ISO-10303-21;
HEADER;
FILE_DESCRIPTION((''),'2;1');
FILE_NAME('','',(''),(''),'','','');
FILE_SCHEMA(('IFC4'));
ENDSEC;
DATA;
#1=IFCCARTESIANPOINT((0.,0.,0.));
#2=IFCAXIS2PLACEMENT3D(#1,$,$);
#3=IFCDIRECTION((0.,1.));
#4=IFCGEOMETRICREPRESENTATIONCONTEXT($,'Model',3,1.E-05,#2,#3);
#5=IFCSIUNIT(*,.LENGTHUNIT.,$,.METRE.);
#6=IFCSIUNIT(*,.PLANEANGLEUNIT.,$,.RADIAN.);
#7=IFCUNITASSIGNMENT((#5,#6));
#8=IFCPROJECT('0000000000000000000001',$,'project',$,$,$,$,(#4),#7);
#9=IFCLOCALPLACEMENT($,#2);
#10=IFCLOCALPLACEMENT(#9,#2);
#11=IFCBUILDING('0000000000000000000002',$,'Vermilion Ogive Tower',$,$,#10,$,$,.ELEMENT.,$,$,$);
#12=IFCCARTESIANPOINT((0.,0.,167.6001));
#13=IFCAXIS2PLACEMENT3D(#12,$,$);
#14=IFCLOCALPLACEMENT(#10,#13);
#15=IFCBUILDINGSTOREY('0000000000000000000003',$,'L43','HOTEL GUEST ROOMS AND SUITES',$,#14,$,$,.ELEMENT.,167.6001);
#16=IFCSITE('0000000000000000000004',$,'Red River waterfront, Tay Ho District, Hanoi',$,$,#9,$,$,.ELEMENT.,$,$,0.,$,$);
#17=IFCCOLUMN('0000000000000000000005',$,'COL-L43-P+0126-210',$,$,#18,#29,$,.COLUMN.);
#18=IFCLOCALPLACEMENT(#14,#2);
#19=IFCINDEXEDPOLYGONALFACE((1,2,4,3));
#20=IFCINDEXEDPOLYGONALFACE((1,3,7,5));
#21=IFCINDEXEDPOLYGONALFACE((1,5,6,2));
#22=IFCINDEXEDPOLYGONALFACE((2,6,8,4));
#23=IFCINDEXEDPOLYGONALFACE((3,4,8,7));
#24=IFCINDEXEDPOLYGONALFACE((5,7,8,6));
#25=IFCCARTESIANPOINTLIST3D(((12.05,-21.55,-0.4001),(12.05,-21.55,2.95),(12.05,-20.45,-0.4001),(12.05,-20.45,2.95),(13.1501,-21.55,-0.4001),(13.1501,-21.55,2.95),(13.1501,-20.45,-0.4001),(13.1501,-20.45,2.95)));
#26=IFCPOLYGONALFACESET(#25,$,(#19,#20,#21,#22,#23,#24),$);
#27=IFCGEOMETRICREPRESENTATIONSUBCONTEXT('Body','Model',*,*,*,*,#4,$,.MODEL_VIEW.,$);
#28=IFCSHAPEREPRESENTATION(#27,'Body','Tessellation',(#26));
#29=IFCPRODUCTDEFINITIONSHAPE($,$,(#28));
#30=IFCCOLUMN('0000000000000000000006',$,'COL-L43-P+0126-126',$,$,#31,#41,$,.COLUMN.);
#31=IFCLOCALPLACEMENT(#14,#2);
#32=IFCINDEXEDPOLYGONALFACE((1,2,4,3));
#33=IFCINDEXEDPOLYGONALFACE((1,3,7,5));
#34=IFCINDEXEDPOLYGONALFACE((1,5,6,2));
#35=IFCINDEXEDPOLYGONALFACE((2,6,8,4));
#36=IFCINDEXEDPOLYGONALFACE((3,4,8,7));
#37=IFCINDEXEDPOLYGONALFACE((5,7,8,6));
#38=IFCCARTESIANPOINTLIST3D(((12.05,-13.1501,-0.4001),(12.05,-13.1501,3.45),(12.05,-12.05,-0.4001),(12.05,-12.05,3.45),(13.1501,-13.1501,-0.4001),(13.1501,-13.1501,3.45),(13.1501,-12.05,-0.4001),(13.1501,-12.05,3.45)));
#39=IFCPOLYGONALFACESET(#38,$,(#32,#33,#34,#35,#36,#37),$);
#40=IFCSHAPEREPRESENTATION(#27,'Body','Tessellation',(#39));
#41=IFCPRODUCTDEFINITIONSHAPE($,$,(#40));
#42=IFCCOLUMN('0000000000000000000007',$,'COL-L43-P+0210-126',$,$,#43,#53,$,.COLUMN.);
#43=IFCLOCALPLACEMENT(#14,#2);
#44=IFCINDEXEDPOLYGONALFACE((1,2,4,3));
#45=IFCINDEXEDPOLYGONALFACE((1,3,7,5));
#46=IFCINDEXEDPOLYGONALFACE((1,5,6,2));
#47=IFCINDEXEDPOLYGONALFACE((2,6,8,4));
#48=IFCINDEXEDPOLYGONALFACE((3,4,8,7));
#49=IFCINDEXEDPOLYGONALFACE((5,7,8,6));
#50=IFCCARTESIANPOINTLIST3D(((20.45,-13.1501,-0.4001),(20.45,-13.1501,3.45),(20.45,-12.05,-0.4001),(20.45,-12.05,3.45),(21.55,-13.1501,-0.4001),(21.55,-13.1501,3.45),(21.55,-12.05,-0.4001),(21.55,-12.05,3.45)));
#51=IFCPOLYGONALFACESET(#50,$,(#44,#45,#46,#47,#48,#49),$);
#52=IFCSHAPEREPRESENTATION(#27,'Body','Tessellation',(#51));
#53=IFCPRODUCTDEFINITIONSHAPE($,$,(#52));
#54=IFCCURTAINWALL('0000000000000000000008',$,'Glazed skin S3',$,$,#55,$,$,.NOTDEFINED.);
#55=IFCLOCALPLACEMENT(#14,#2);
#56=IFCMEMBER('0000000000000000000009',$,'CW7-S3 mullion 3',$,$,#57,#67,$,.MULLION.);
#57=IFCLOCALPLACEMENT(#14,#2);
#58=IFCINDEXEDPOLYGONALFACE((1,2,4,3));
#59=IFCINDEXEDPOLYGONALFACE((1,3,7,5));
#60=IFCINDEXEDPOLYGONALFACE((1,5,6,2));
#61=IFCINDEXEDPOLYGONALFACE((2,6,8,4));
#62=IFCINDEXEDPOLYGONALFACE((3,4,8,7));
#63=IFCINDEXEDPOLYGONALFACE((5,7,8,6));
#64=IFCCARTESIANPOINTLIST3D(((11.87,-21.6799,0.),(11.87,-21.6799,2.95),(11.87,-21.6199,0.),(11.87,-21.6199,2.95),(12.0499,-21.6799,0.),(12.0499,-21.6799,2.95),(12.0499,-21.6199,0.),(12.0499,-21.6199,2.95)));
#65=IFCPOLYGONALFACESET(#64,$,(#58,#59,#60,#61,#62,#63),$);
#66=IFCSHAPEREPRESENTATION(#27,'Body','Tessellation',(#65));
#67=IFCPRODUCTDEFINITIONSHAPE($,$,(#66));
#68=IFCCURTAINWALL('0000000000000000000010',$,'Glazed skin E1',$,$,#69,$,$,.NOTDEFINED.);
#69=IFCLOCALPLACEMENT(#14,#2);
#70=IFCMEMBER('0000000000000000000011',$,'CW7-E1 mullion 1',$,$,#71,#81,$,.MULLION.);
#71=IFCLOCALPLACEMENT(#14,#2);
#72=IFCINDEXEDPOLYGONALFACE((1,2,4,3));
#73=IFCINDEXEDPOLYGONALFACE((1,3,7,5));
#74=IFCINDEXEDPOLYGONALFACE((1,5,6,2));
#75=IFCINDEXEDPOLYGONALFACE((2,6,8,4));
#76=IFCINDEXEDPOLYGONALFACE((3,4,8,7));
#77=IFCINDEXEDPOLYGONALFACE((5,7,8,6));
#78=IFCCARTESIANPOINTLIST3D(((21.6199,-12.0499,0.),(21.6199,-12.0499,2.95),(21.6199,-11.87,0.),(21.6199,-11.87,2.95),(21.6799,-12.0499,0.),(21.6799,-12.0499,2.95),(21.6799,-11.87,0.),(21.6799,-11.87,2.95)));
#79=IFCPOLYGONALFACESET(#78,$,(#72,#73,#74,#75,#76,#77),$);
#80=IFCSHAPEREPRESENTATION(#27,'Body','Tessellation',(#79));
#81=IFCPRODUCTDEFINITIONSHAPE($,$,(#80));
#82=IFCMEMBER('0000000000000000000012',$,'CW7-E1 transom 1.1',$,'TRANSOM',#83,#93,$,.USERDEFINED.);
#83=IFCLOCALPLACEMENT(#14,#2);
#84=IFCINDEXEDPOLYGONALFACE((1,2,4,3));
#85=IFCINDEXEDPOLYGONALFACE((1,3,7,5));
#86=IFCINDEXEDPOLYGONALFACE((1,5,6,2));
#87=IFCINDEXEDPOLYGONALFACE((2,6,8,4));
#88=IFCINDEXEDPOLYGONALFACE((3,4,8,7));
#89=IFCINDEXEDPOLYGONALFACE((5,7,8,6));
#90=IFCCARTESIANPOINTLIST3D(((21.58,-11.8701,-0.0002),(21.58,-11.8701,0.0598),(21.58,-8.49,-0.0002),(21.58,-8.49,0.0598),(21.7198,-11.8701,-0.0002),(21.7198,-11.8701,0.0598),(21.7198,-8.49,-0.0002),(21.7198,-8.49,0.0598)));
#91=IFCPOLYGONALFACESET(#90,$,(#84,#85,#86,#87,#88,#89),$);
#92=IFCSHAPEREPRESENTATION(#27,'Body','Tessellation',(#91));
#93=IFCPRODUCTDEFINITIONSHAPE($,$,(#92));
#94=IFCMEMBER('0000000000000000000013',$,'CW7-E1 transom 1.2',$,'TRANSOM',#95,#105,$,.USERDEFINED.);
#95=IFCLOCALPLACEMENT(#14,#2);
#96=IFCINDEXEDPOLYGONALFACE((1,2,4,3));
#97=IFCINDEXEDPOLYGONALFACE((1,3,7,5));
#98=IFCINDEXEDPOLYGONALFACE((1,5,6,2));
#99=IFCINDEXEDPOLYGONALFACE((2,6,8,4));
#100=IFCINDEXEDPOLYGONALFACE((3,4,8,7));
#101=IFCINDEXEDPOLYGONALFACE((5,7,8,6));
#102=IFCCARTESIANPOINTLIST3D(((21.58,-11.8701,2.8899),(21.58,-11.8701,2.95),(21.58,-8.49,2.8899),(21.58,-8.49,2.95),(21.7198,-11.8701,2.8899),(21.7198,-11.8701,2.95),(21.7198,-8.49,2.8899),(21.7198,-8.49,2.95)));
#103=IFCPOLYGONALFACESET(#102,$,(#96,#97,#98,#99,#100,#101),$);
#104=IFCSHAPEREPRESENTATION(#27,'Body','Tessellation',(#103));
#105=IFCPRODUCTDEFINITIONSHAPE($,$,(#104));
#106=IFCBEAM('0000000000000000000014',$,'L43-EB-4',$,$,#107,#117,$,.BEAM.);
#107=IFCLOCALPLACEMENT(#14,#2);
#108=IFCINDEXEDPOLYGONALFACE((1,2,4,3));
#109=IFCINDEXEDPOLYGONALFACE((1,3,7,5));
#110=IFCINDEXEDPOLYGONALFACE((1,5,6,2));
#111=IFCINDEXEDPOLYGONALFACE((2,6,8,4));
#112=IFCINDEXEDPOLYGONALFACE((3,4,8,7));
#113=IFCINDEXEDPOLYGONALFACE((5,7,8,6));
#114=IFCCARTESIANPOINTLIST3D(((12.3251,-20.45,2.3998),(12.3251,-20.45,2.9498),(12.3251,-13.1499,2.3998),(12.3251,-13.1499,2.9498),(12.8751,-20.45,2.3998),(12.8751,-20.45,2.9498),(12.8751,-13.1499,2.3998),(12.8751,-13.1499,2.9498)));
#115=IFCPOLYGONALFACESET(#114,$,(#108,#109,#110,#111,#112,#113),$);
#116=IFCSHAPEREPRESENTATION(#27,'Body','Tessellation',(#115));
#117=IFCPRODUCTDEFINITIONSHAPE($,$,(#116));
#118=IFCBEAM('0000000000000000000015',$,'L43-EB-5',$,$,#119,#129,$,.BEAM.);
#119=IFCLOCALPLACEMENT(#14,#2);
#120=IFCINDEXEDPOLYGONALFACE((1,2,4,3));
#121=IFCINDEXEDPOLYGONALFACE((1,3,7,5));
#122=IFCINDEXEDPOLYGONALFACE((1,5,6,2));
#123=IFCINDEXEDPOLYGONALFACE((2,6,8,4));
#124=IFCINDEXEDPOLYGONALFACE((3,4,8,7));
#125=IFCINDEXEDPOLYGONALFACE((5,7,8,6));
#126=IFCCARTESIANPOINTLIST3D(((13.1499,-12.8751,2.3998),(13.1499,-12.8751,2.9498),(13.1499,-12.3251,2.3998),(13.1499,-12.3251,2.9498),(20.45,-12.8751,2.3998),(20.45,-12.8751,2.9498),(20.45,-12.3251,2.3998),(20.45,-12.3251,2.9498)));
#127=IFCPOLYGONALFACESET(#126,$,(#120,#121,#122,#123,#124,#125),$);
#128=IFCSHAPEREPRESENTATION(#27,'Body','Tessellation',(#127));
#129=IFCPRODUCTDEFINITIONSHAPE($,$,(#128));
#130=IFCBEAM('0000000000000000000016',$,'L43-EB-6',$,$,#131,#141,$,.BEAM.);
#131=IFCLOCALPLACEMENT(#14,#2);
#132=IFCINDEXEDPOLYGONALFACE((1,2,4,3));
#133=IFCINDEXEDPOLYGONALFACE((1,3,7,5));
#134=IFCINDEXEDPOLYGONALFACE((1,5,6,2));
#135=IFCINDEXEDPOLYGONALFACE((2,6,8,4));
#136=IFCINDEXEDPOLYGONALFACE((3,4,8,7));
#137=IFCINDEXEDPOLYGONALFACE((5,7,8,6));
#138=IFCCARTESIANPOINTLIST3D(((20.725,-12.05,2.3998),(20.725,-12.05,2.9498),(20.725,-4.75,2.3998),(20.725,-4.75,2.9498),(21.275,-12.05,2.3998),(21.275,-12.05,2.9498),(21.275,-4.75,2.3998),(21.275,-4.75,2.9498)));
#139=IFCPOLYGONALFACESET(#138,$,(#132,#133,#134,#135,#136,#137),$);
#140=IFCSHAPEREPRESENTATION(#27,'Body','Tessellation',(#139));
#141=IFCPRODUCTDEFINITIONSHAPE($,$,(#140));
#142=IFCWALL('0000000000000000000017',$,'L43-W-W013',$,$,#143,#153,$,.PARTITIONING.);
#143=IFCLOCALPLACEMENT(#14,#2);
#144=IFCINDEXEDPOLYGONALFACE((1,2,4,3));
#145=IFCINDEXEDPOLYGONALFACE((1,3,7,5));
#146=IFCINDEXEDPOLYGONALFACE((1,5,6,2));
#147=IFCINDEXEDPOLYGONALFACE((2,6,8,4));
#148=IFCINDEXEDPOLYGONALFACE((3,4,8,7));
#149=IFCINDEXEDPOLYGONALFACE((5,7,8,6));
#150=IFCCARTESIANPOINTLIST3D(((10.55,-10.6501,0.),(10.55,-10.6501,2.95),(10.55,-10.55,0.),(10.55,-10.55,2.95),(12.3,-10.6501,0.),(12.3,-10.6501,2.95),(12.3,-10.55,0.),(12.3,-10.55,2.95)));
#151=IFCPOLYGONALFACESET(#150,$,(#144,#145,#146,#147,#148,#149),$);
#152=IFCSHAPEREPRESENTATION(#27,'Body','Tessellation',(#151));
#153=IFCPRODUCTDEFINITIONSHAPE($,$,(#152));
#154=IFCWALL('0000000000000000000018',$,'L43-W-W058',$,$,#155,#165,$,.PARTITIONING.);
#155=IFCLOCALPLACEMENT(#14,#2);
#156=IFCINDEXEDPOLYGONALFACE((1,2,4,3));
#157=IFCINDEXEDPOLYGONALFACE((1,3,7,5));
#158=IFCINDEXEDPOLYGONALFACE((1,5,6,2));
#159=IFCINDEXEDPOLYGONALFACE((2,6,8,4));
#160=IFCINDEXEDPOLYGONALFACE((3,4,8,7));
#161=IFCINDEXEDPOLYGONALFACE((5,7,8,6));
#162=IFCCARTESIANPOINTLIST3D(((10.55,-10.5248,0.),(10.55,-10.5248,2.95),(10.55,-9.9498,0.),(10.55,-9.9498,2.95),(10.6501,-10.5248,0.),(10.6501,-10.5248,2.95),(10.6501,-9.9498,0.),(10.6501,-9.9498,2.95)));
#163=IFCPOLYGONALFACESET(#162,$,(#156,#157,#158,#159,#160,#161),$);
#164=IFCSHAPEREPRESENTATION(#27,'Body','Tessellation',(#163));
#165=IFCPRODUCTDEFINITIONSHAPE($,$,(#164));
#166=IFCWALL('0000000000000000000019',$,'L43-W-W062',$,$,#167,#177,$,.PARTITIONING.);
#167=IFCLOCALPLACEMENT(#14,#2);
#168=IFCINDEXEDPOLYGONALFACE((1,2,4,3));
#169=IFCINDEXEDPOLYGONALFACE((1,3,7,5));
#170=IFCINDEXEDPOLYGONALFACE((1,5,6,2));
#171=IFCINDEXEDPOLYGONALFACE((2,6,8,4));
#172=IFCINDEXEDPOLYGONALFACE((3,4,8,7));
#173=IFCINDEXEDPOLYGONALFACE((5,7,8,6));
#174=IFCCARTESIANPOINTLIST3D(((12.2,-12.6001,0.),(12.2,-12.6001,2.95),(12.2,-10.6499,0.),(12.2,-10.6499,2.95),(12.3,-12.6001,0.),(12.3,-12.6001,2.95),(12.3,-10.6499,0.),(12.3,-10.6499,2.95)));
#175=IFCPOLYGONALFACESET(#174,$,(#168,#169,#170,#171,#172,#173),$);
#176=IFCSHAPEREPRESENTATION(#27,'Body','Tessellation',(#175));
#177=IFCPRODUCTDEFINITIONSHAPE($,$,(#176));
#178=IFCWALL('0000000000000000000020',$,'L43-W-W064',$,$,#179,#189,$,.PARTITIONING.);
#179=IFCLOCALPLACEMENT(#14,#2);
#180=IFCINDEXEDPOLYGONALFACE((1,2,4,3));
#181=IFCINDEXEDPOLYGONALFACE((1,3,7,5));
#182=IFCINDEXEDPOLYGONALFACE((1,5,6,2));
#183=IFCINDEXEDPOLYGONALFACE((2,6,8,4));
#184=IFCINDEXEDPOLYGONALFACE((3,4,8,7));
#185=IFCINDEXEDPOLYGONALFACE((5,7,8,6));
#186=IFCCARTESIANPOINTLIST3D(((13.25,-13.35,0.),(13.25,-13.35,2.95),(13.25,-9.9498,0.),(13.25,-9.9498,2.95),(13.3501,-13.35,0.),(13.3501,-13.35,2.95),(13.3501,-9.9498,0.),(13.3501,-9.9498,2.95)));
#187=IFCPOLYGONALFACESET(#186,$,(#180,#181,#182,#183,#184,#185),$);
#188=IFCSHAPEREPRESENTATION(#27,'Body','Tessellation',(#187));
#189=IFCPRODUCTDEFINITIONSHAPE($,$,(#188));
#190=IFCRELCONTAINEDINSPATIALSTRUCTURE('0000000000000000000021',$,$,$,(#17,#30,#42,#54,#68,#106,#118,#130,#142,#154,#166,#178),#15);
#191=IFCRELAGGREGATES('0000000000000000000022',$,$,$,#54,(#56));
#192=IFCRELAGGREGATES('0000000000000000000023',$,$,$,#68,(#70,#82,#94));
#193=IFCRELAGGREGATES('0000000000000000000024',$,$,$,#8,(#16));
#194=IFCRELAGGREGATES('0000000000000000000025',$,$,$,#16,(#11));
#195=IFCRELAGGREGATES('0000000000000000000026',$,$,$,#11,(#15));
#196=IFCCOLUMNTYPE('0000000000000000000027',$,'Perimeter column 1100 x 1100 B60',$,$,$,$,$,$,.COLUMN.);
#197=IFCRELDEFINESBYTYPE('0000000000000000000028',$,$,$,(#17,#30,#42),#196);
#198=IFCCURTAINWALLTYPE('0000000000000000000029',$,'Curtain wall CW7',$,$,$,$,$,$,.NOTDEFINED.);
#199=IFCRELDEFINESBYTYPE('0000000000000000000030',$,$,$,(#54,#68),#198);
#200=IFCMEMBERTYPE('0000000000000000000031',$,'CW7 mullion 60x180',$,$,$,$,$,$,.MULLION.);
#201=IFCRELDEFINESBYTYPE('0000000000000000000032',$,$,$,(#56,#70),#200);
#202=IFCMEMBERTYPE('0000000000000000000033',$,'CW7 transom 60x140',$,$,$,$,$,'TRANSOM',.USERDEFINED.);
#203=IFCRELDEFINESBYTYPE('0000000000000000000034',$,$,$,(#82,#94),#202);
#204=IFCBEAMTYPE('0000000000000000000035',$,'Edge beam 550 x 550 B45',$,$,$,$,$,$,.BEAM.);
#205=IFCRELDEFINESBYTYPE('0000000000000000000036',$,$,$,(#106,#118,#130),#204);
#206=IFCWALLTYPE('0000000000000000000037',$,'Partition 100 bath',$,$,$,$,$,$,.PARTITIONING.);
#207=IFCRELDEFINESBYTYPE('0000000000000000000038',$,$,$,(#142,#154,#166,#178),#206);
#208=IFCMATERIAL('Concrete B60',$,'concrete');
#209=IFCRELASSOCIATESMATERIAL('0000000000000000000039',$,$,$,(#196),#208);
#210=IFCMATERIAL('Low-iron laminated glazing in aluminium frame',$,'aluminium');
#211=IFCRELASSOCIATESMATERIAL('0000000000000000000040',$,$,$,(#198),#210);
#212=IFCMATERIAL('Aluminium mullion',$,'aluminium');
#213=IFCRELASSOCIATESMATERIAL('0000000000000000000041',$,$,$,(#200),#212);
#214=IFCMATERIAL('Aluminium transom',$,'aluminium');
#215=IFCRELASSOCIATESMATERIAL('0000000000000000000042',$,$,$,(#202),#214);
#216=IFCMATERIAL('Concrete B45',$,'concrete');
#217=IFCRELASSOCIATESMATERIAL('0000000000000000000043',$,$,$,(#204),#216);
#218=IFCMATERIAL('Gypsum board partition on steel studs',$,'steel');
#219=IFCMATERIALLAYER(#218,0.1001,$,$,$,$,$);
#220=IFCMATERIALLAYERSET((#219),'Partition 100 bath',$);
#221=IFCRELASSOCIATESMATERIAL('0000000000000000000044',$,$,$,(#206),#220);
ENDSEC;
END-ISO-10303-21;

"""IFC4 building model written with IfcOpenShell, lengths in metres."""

from ifc_helpers import new_model, si_unit, direction, frame, frame_2d, origin, origin_2d, place, context, subcontext, project, spatial, rectangle, extrude, material, layer, layer_set, material_profile, profile_set, type_object, element, aggregate, save


model = new_model("IFC4")

# Units and contexts
model_context = context("Model", 3, precision=1e-05, world=origin(), true_north=direction((0.0, 1.0)))
body_context = subcontext(model_context, "Body", "Model", "MODEL_VIEW")
ifc_project = project(units=[si_unit("LENGTHUNIT", "METRE"), si_unit("PLANEANGLEUNIT", "RADIAN")], contexts=[model_context])

# Site, building, storey
site_placement = place(None, origin())
site = spatial("IfcSite", under=ifc_project, at=site_placement, Name="Red River waterfront, Tay Ho District, Hanoi", CompositionType="ELEMENT", RefElevation=0.0)
building_placement = place(site_placement, origin())
building = spatial("IfcBuilding", under=site, at=building_placement, Name="Vermilion Ogive Tower", CompositionType="ELEMENT")
storey_placement = place(building_placement, frame((0.0, 0.0, 167.6001)))
storey = spatial("IfcBuildingStorey", under=building, at=storey_placement, Name="L43", Description="HOTEL GUEST ROOMS AND SUITES", CompositionType="ELEMENT", Elevation=167.6001)

# Columns
ifc_material_1 = material(Name="Concrete B60", Category="concrete")
ifc_material_profile_1 = material_profile(ifc_material_1, rectangle(XDim=1.1001, YDim=1.1001, at=origin_2d()), Name="1100 x 1100")
ifc_profile_set_1 = profile_set([ifc_material_profile_1], Name="Concrete B60")
column_type = type_object("IfcColumnType", Name="Perimeter column 1100 x 1100 B60", PredefinedType="COLUMN", material=ifc_profile_set_1)
column_placement = place(storey_placement, frame((12.6001, -21.0, -0.4001), z_axis=(0.0, 0.0, 1.0), x_axis=(1.0, 0.0, 0.0)))
element("IfcColumn", 1, at=column_placement, inside=storey, type_object=column_type, Name="COL-L43-P+0126-210", PredefinedType="COLUMN", context=body_context, shape_type="SweptSolid", body=[
    extrude(rectangle(XDim=1.1001, YDim=1.1001, at=origin_2d()), origin(), (0.0, 0.0, 1.0), 3.3501),
])
for number, where, z_axis, x_axis, name in (
    (2, (12.6001, -12.6001, -0.4001), (0.0, 0.0, 1.0), (1.0, 0.0, 0.0), "COL-L43-P+0126-126"),
    (3, (21.0, -12.6001, -0.4001), (0.0, 0.0, 1.0), (1.0, 0.0, 0.0), "COL-L43-P+0210-126"),
):
    element("IfcColumn", number, at=place(storey_placement, frame(where, z_axis=z_axis, x_axis=x_axis)), inside=storey, type_object=column_type, Name=name, PredefinedType="COLUMN", context=body_context, shape_type="SweptSolid", body=[
        extrude(rectangle(XDim=1.1001, YDim=1.1001, at=origin_2d()), origin(), (0.0, 0.0, 1.0), 3.8501),
    ])

# Curtain wall, member
ifc_material_2 = material(Name="Low-iron laminated glazing in aluminium frame", Category="aluminium")
curtain_wall_type = type_object("IfcCurtainWallType", Name="Curtain wall CW7", PredefinedType="NOTDEFINED", material=ifc_material_2)
curtain_wall_1_placement = place(storey_placement, origin())
curtain_wall_1 = element("IfcCurtainWall", 4, at=curtain_wall_1_placement, inside=storey, type_object=curtain_wall_type, Name="Glazed skin S3", PredefinedType="NOTDEFINED")
ifc_material_3 = material(Name="Aluminium mullion", Category="aluminium")
ifc_material_profile_2 = material_profile(ifc_material_3, rectangle(XDim=0.0601, YDim=0.1799, at=origin_2d()), Name="AL 60x180")
ifc_profile_set_2 = profile_set([ifc_material_profile_2], Name="Aluminium mullion")
member_type_1 = type_object("IfcMemberType", Name="CW7 mullion 60x180", PredefinedType="MULLION", material=ifc_profile_set_2)
member_1_placement = place(storey_placement, frame((11.96, -21.6499, 0.0), z_axis=(0.0, 0.0, 1.0), x_axis=(0.0, 1.0, 0.0)))
member_1 = element("IfcMember", 5, at=member_1_placement, type_object=member_type_1, Name="CW7-S3 mullion 3", PredefinedType="MULLION", context=body_context, shape_type="SweptSolid", body=[
    extrude(rectangle(XDim=0.0601, YDim=0.1799, at=origin_2d()), origin(), (0.0, 0.0, 1.0), 2.95),
])
aggregate(curtain_wall_1, [member_1])

# Curtain wall, members
curtain_wall_2_placement = place(storey_placement, origin())
curtain_wall_2 = element("IfcCurtainWall", 6, at=curtain_wall_2_placement, inside=storey, type_object=curtain_wall_type, Name="Glazed skin E1", PredefinedType="NOTDEFINED")
member_2_placement = place(storey_placement, frame((21.6499, -11.96, 0.0), z_axis=(0.0, 0.0, 1.0), x_axis=(-1.0, 0.0, 0.0)))
member_2 = element("IfcMember", 7, at=member_2_placement, type_object=member_type_1, Name="CW7-E1 mullion 1", PredefinedType="MULLION", context=body_context, shape_type="SweptSolid", body=[
    extrude(rectangle(XDim=0.0601, YDim=0.1799, at=origin_2d()), origin(), (0.0, 0.0, 1.0), 2.95),
])
ifc_material_4 = material(Name="Aluminium transom", Category="aluminium")
ifc_material_profile_3 = material_profile(ifc_material_4, rectangle(XDim=0.1399, YDim=0.0601, at=origin_2d()), Name="AL 60x140")
ifc_profile_set_3 = profile_set([ifc_material_profile_3], Name="Aluminium transom")
member_type_2 = type_object("IfcMemberType", Name="CW7 transom 60x140", ElementType="TRANSOM", PredefinedType="USERDEFINED", material=ifc_profile_set_3)
member_3_placement = place(storey_placement, frame((21.6499, -11.8701, 0.0298), z_axis=(0.0, 1.0, 0.0), x_axis=(-1.0, 0.0, 0.0)))
member_3 = element("IfcMember", 8, at=member_3_placement, type_object=member_type_2, Name="CW7-E1 transom 1.1", ObjectType="TRANSOM", PredefinedType="USERDEFINED", context=body_context, shape_type="SweptSolid", body=[
    extrude(rectangle(XDim=0.1399, YDim=0.0601, at=origin_2d()), origin(), (0.0, 0.0, 1.0), 3.3801),
])
member_4_placement = place(storey_placement, frame((21.6499, -11.8701, 2.9199), z_axis=(0.0, 1.0, 0.0), x_axis=(-1.0, 0.0, 0.0)))
member_4 = element("IfcMember", 9, at=member_4_placement, type_object=member_type_2, Name="CW7-E1 transom 1.2", ObjectType="TRANSOM", PredefinedType="USERDEFINED", context=body_context, shape_type="SweptSolid", body=[
    extrude(rectangle(XDim=0.1399, YDim=0.0601, at=origin_2d()), origin(), (0.0, 0.0, 1.0), 3.3801),
])
aggregate(curtain_wall_2, [member_2, member_3, member_4])

# Beams
ifc_material_5 = material(Name="Concrete B45", Category="concrete")
ifc_material_profile_4 = material_profile(ifc_material_5, rectangle(XDim=0.55, YDim=0.55, at=origin_2d()), Name="550 x 550")
ifc_profile_set_4 = profile_set([ifc_material_profile_4], Name="Concrete B45")
beam_type = type_object("IfcBeamType", Name="Edge beam 550 x 550 B45", PredefinedType="BEAM", material=ifc_profile_set_4)
for number, where, z_axis, x_axis, name in (
    (10, (12.6001, -20.45, 2.6748), (0.0, 1.0, 0.0), (-1.0, 0.0, 0.0), "L43-EB-4"),
    (11, (13.1499, -12.6001, 2.6748), (1.0, 0.0, 0.0), (0.0, 1.0, 0.0), "L43-EB-5"),
    (12, (21.0, -12.05, 2.6748), (0.0, 1.0, 0.0), (-1.0, 0.0, 0.0), "L43-EB-6"),
):
    element("IfcBeam", number, at=place(storey_placement, frame(where, z_axis=z_axis, x_axis=x_axis)), inside=storey, type_object=beam_type, Name=name, PredefinedType="BEAM", context=body_context, shape_type="SweptSolid", body=[
        extrude(rectangle(XDim=0.55, YDim=0.55, at=origin_2d()), origin(), (0.0, 0.0, 1.0), 7.3),
    ])

# Walls
ifc_material_6 = material(Name="Gypsum board partition on steel studs", Category="steel")
ifc_layer_1 = layer(ifc_material_6, 0.1001)
ifc_layer_set_1 = layer_set([ifc_layer_1], Name="Partition 100 bath")
wall_type_1 = type_object("IfcWallType", Name="Partition 100 bath", PredefinedType="PARTITIONING", material=ifc_layer_set_1)
wall_1_placement = place(storey_placement, frame((10.55, -10.6001, 0.0), z_axis=(0.0, 0.0, 1.0), x_axis=(1.0, 0.0, 0.0)))
element("IfcWall", 13, at=wall_1_placement, inside=storey, type_object=wall_type_1, Name="L43-W-W013", PredefinedType="PARTITIONING", context=body_context, shape_type="SweptSolid", body=[
    extrude(rectangle(XDim=1.75, YDim=0.1001, at=frame_2d((0.875, 0.0))), origin(), (0.0, 0.0, 1.0), 2.95),
])
wall_2_placement = place(storey_placement, frame((10.6001, -10.5249, 0.0), z_axis=(0.0, 0.0, 1.0), x_axis=(0.0, 1.0, 0.0)))
element("IfcWall", 14, at=wall_2_placement, inside=storey, type_object=wall_type_1, Name="L43-W-W058", PredefinedType="PARTITIONING", context=body_context, shape_type="SweptSolid", body=[
    extrude(rectangle(XDim=0.575, YDim=0.1001, at=frame_2d((0.2876, 0.0))), origin(), (0.0, 0.0, 1.0), 2.95),
])
wall_3_placement = place(storey_placement, frame((12.25, -12.6001, 0.0), z_axis=(0.0, 0.0, 1.0), x_axis=(0.0, 1.0, 0.0)))
element("IfcWall", 15, at=wall_3_placement, inside=storey, type_object=wall_type_1, Name="L43-W-W062", PredefinedType="PARTITIONING", context=body_context, shape_type="SweptSolid", body=[
    extrude(rectangle(XDim=1.9502, YDim=0.1001, at=frame_2d((0.9751, 0.0))), origin(), (0.0, 0.0, 1.0), 2.95),
])
wall_4_placement = place(storey_placement, frame((13.3, -13.3501, 0.0), z_axis=(0.0, 0.0, 1.0), x_axis=(0.0, 1.0, 0.0)))
element("IfcWall", 16, at=wall_4_placement, inside=storey, type_object=wall_type_1, Name="L43-W-W064", PredefinedType="PARTITIONING", context=body_context, shape_type="SweptSolid", body=[
    extrude(rectangle(XDim=3.4001, YDim=0.1001, at=frame_2d((1.7002, 0.0))), origin(), (0.0, 0.0, 1.0), 2.95),
])

save(model, "model.ifc")
